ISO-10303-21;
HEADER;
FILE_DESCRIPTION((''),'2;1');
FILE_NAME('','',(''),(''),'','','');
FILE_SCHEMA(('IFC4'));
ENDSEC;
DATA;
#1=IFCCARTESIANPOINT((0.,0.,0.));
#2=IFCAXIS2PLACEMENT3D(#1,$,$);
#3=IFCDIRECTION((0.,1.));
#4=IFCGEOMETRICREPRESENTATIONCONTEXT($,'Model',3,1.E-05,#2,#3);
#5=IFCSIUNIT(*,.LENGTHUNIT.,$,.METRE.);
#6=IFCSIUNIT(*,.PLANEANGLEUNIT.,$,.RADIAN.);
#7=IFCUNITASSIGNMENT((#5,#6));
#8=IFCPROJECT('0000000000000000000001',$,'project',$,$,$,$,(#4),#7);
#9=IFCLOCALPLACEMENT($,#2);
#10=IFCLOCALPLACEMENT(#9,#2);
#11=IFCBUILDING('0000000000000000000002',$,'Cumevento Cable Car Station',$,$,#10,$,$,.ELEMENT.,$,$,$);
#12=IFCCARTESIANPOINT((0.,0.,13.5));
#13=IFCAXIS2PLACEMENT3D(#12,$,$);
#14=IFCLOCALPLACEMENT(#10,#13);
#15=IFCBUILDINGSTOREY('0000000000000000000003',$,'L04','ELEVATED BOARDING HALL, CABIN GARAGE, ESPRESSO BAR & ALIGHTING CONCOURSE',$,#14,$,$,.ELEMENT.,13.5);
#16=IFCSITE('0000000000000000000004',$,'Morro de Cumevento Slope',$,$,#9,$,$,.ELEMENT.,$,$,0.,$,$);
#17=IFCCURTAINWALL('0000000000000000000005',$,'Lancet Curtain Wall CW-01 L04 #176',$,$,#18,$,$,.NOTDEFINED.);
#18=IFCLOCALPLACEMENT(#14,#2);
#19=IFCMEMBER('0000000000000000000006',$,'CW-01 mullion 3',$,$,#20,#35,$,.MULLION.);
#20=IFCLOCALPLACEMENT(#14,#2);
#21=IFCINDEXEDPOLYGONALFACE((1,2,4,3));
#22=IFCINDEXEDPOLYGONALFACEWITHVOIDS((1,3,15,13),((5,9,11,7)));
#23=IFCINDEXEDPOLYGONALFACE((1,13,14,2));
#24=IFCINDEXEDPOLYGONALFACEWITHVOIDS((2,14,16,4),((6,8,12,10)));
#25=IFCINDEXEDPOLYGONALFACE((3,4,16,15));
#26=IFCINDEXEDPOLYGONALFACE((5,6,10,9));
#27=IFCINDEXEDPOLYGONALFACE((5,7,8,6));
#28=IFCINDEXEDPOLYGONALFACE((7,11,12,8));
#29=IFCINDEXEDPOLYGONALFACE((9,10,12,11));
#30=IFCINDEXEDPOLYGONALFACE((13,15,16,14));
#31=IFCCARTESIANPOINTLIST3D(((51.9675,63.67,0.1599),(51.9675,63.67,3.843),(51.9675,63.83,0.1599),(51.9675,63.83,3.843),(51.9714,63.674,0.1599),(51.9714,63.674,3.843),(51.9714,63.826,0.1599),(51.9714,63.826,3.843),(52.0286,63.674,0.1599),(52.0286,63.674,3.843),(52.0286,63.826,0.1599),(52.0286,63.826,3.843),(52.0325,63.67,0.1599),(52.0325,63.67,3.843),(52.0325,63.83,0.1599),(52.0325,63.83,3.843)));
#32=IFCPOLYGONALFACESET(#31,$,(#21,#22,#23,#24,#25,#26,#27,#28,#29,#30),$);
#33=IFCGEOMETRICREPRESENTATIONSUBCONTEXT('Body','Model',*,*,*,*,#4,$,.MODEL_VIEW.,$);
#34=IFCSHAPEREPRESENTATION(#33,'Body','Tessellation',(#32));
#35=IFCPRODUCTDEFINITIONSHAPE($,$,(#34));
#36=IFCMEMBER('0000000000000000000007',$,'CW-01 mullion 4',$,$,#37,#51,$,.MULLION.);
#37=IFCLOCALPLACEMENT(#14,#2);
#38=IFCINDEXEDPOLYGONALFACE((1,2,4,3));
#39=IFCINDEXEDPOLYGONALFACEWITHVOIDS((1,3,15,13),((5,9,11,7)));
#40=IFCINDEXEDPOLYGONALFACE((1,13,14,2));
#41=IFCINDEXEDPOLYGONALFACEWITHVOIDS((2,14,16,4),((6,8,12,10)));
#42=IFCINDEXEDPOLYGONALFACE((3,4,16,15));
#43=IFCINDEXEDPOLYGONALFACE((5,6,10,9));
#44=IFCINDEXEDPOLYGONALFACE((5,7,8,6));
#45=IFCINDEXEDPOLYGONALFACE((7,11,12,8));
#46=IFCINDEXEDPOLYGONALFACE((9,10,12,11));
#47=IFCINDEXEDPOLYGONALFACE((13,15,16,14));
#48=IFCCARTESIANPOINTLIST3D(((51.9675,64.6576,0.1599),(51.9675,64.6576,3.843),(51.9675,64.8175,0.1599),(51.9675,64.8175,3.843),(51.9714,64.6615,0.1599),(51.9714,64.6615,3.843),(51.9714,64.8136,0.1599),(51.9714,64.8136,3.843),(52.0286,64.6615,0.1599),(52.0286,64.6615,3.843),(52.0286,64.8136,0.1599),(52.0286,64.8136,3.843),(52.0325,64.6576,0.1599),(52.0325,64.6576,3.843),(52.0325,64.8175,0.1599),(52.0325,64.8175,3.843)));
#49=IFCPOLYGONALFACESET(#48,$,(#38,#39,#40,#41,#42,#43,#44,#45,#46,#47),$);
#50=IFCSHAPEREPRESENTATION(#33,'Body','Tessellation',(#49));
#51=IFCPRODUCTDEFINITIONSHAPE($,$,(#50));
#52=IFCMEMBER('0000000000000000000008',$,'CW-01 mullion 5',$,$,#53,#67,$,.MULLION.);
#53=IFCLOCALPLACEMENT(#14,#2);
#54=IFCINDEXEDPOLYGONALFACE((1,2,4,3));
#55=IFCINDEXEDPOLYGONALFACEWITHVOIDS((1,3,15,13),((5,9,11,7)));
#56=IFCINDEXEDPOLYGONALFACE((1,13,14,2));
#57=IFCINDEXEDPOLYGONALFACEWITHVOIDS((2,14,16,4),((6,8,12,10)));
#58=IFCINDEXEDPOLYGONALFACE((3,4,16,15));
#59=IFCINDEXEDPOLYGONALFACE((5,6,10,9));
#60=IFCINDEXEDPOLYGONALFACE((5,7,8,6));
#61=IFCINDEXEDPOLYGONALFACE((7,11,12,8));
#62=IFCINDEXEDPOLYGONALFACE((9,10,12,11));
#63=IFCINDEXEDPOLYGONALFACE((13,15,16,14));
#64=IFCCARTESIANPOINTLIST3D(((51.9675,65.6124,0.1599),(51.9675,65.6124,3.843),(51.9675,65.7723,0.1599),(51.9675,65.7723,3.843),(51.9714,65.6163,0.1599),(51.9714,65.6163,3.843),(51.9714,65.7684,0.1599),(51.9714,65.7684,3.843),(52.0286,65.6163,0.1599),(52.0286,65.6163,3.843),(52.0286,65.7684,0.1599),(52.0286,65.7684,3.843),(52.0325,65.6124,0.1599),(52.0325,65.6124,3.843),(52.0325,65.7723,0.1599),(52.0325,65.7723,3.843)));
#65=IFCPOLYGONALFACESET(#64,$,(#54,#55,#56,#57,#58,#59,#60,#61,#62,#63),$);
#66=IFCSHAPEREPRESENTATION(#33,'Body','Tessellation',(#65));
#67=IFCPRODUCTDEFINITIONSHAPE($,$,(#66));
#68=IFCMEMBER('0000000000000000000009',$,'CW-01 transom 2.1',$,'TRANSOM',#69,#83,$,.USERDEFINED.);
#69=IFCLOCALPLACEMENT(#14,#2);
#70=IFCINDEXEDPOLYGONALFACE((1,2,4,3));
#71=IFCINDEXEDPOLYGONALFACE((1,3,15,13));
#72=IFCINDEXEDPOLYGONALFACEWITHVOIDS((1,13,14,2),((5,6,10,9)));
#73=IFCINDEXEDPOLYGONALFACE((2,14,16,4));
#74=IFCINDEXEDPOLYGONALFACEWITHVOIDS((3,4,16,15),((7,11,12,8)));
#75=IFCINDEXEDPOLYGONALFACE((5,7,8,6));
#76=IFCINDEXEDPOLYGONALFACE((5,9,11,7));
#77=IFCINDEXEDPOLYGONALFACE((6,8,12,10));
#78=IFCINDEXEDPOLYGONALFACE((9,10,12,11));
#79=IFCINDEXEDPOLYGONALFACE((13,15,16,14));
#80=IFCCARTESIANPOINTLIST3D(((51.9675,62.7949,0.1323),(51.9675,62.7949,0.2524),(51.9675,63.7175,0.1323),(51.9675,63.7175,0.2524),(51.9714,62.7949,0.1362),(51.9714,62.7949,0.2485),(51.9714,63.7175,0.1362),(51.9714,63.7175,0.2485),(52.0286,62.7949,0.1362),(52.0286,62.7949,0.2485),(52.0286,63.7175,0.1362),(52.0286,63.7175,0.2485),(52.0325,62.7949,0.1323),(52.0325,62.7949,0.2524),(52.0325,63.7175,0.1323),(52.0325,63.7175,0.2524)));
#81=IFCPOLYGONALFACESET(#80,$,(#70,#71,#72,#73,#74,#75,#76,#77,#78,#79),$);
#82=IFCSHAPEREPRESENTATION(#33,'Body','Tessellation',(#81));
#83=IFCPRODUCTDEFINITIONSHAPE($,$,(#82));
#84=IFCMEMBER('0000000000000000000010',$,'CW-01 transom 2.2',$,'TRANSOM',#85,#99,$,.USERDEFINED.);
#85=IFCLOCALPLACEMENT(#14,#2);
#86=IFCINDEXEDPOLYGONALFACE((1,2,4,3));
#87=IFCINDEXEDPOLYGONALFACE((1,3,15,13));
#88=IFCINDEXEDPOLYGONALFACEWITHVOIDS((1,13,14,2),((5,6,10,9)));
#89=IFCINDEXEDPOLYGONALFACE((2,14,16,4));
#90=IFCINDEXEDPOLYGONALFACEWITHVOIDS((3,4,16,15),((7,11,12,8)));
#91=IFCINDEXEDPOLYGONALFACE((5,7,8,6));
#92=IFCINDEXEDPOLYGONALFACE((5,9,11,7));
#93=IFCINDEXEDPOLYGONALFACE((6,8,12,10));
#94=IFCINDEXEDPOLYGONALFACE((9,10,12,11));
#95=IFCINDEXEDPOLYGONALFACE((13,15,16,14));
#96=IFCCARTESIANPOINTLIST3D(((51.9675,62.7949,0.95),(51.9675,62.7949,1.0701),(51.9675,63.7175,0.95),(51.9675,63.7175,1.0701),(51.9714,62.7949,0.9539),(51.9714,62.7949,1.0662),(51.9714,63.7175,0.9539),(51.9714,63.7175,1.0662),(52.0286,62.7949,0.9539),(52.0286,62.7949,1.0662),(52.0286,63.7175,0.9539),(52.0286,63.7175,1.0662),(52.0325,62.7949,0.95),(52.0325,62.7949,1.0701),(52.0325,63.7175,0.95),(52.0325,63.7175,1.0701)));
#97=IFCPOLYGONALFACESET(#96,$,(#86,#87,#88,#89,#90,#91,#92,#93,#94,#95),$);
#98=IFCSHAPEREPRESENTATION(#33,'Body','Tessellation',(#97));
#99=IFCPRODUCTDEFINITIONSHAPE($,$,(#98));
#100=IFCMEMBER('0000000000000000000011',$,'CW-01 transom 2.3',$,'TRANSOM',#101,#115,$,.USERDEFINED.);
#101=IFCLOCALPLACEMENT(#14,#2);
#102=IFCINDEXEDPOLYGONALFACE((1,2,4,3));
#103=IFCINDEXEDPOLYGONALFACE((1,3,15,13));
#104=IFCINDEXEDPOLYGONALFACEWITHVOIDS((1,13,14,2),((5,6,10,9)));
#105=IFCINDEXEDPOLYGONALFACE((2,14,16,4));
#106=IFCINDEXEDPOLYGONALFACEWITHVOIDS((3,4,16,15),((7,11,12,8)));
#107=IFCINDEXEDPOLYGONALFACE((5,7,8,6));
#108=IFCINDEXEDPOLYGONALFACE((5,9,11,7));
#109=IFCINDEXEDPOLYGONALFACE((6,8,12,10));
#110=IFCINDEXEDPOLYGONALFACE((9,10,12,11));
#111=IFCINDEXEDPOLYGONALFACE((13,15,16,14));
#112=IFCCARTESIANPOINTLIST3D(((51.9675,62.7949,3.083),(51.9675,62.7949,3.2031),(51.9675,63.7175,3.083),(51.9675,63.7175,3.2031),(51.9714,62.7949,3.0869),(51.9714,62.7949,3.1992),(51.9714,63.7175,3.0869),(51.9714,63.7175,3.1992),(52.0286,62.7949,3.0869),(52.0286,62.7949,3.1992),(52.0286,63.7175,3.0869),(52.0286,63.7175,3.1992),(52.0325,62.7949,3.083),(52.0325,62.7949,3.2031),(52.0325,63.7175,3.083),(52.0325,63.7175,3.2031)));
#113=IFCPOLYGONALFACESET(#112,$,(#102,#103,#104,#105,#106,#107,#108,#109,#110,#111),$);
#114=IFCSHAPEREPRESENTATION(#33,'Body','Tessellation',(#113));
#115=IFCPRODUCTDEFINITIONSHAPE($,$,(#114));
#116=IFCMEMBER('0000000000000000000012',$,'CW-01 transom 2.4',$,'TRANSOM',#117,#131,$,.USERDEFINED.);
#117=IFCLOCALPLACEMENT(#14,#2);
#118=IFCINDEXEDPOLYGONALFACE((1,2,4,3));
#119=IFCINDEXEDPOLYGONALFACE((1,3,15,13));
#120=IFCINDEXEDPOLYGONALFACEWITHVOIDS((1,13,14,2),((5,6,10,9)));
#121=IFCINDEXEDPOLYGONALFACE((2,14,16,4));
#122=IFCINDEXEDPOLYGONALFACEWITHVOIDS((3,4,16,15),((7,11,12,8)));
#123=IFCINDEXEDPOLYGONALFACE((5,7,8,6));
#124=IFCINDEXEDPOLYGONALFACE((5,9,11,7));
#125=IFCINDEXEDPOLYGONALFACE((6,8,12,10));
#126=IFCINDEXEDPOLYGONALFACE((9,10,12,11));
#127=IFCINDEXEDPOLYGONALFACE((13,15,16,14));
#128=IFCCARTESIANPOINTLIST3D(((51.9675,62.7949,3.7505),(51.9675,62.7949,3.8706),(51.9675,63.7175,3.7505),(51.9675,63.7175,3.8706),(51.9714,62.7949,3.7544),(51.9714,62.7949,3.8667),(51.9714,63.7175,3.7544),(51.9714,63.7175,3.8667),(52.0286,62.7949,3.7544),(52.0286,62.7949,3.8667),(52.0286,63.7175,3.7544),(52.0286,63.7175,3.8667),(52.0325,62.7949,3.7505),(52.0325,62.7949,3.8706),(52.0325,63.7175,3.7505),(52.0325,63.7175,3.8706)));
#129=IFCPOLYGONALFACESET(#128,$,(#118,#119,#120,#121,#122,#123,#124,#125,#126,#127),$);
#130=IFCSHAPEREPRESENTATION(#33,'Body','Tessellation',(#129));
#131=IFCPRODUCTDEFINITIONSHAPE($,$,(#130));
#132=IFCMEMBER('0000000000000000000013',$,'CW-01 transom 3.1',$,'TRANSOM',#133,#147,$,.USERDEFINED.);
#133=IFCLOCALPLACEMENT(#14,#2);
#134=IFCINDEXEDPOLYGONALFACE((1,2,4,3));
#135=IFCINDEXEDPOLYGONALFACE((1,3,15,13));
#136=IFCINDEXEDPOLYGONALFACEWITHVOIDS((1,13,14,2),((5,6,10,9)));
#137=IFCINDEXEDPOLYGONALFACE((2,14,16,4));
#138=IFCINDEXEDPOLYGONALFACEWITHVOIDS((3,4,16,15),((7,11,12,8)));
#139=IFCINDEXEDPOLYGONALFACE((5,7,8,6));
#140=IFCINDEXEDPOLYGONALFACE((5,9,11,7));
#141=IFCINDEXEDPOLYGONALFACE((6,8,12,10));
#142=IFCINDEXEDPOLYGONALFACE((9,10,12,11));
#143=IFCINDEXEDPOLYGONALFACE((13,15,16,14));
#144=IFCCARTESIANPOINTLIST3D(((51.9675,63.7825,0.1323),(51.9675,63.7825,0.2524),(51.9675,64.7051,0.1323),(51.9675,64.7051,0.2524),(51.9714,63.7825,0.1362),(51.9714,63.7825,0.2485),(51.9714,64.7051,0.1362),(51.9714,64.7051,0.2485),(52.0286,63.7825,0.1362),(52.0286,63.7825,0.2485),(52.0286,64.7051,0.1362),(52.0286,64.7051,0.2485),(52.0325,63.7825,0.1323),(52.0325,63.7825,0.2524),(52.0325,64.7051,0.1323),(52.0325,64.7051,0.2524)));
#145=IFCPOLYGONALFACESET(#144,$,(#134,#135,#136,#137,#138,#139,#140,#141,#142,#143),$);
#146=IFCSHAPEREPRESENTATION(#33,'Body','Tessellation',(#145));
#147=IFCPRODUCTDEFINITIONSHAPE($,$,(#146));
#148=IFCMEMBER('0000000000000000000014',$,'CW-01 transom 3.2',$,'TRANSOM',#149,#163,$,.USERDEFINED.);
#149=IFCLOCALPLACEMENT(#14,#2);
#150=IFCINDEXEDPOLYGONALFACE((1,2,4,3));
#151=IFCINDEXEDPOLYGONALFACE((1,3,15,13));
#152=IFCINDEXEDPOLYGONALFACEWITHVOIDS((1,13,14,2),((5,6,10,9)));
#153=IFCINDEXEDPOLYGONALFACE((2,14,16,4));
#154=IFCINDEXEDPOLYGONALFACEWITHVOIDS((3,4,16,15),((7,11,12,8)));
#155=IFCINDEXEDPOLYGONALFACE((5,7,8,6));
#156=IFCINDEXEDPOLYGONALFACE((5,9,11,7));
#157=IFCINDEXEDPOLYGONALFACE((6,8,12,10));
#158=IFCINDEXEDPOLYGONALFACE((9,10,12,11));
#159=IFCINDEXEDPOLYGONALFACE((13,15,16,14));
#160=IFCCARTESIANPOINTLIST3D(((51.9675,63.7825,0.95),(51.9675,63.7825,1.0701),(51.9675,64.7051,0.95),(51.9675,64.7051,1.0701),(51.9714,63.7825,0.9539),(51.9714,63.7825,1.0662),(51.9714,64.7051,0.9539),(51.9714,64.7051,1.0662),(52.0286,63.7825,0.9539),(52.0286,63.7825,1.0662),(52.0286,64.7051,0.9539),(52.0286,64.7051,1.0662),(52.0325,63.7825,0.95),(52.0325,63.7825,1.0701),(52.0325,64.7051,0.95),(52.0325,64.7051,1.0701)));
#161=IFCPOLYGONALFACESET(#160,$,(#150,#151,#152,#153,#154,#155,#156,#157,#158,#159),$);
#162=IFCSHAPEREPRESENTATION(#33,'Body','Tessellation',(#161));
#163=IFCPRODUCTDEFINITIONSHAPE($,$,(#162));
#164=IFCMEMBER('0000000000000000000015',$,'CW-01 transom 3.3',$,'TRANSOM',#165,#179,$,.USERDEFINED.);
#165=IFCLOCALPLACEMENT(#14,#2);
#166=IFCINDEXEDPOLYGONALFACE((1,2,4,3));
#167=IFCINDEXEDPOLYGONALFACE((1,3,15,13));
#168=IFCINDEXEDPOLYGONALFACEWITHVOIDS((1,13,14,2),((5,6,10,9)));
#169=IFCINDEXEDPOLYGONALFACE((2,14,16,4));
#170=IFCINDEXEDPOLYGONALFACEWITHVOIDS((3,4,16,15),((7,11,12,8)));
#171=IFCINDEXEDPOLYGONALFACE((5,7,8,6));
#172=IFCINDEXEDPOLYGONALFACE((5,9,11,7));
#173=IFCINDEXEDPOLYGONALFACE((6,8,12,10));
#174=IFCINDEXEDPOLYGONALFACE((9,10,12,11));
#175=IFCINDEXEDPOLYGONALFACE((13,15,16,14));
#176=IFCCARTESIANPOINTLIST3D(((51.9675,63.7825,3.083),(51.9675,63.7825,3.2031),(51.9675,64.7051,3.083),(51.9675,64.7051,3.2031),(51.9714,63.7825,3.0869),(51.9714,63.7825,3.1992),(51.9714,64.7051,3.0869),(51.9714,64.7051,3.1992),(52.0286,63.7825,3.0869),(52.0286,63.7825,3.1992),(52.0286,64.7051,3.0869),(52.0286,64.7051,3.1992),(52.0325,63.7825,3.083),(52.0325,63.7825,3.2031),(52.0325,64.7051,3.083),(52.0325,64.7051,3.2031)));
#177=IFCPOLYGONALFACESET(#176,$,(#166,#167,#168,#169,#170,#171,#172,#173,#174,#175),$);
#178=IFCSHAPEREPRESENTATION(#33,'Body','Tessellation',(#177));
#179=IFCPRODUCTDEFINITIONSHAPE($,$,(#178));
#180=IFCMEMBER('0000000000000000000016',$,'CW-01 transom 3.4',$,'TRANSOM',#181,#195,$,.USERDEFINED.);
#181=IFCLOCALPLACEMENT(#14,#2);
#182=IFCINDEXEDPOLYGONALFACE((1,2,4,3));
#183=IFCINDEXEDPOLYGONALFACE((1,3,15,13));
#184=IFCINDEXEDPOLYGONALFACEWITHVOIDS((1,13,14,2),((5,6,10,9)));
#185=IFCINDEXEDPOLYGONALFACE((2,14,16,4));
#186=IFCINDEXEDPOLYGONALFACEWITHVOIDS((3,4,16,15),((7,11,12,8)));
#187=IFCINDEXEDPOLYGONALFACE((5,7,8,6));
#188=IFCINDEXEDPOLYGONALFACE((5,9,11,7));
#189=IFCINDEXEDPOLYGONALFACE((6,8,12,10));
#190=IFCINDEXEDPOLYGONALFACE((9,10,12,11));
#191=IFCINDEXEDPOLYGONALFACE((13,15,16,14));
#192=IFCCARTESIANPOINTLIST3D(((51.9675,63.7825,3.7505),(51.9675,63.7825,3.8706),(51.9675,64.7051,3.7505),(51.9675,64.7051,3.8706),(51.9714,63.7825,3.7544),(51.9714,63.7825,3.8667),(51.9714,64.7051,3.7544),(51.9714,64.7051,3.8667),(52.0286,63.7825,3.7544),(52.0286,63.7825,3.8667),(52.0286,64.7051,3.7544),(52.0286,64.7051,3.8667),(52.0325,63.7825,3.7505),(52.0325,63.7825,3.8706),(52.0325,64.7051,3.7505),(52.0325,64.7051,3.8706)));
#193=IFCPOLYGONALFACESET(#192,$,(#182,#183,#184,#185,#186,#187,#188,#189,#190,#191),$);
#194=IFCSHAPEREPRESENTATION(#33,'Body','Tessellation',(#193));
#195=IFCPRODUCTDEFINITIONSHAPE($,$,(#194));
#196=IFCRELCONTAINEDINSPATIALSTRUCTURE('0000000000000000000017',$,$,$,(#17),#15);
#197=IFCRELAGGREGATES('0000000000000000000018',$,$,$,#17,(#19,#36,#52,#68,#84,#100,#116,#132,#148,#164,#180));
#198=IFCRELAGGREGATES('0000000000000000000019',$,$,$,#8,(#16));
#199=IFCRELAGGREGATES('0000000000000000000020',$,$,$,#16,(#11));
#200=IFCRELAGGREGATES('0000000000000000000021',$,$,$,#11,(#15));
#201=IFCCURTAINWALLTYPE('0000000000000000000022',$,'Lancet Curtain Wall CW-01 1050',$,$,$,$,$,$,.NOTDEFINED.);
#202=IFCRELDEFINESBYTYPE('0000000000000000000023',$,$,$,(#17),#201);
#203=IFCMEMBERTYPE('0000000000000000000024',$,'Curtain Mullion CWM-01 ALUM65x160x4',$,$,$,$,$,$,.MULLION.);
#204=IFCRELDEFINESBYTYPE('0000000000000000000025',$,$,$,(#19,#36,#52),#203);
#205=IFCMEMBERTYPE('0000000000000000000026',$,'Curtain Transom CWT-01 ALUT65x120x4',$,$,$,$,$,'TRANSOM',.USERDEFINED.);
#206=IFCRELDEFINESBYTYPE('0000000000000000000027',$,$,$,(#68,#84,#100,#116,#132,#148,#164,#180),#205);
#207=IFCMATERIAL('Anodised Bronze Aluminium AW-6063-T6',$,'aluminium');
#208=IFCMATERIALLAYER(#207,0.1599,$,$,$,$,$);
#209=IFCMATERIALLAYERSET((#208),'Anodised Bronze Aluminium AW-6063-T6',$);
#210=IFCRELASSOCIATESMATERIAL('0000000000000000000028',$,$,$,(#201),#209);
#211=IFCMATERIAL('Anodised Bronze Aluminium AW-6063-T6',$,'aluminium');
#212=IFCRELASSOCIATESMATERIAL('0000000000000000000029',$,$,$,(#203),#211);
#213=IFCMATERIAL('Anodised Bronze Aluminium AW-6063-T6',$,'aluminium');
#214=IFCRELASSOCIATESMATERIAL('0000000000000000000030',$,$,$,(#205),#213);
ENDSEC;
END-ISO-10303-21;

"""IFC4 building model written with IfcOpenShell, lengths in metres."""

from ifc_helpers import new_model, si_unit, direction, frame, origin, origin_2d, place, context, subcontext, project, spatial, hollow_rectangle, extrude, material, layer, layer_set, material_profile, profile_set, type_object, element, aggregate, save


model = new_model("IFC4")

# Units and contexts
model_context = context("Model", 3, precision=1e-05, world=origin(), true_north=direction((0.0, 1.0)))
body_context = subcontext(model_context, "Body", "Model", "MODEL_VIEW")
ifc_project = project(units=[si_unit("LENGTHUNIT", "METRE"), si_unit("PLANEANGLEUNIT", "RADIAN")], contexts=[model_context])

# Site, building, storey
site_placement = place(None, origin())
site = spatial("IfcSite", under=ifc_project, at=site_placement, Name="Morro de Cumevento Slope", CompositionType="ELEMENT", RefElevation=0.0)
building_placement = place(site_placement, origin())
building = spatial("IfcBuilding", under=site, at=building_placement, Name="Cumevento Cable Car Station", CompositionType="ELEMENT")
storey_placement = place(building_placement, frame((0.0, 0.0, 13.5)))
storey = spatial("IfcBuildingStorey", under=building, at=storey_placement, Name="L04", Description="ELEVATED BOARDING HALL, CABIN GARAGE, ESPRESSO BAR & ALIGHTING CONCOURSE", CompositionType="ELEMENT", Elevation=13.5)

# Curtain wall, members
ifc_material_1 = material(Name="Anodised Bronze Aluminium AW-6063-T6", Category="aluminium")
ifc_layer_1 = layer(ifc_material_1, 0.1599)
ifc_layer_set_1 = layer_set([ifc_layer_1], Name="Anodised Bronze Aluminium AW-6063-T6")
curtain_wall_type = type_object("IfcCurtainWallType", Name="Lancet Curtain Wall CW-01 1050", PredefinedType="NOTDEFINED", material=ifc_layer_set_1)
curtain_wall_placement = place(storey_placement, origin())
curtain_wall = element("IfcCurtainWall", 1, at=curtain_wall_placement, inside=storey, type_object=curtain_wall_type, Name="Lancet Curtain Wall CW-01 L04 #176", PredefinedType="NOTDEFINED")
ifc_material_2 = material(Name="Anodised Bronze Aluminium AW-6063-T6", Category="aluminium")
ifc_material_profile_1 = material_profile(ifc_material_2, hollow_rectangle(XDim=0.0649, YDim=0.1599, WallThickness=0.0039, at=origin_2d()), Name="ALUM65x160x4")
ifc_profile_set_1 = profile_set([ifc_material_profile_1], Name="Anodised Bronze Aluminium AW-6063-T6")
member_type_1 = type_object("IfcMemberType", Name="Curtain Mullion CWM-01 ALUM65x160x4", PredefinedType="MULLION", material=ifc_profile_set_1)
member_1_placement = place(storey_placement, frame((52.0, 63.75, 0.1599), z_axis=(0.0, 0.0, 1.0), x_axis=(-1.0, 0.0, 0.0)))
member_1 = element("IfcMember", 2, at=member_1_placement, type_object=member_type_1, Name="CW-01 mullion 3", PredefinedType="MULLION", context=body_context, shape_type="SweptSolid", body=[
    extrude(hollow_rectangle(XDim=0.0649, YDim=0.1599, WallThickness=0.0039, at=origin_2d()), origin(), (0.0, 0.0, 1.0), 3.6831),
])
member_2_placement = place(storey_placement, frame((52.0, 64.7375, 0.1599), z_axis=(0.0, 0.0, 1.0), x_axis=(-1.0, 0.0, 0.0)))
member_2 = element("IfcMember", 3, at=member_2_placement, type_object=member_type_1, Name="CW-01 mullion 4", PredefinedType="MULLION", context=body_context, shape_type="SweptSolid", body=[
    extrude(hollow_rectangle(XDim=0.0649, YDim=0.1599, WallThickness=0.0039, at=origin_2d()), origin(), (0.0, 0.0, 1.0), 3.6831),
])
member_3_placement = place(storey_placement, frame((52.0, 65.6924, 0.1599), z_axis=(0.0, 0.0, 1.0), x_axis=(-1.0, 0.0, 0.0)))
member_3 = element("IfcMember", 4, at=member_3_placement, type_object=member_type_1, Name="CW-01 mullion 5", PredefinedType="MULLION", context=body_context, shape_type="SweptSolid", body=[
    extrude(hollow_rectangle(XDim=0.0649, YDim=0.1599, WallThickness=0.0039, at=origin_2d()), origin(), (0.0, 0.0, 1.0), 3.6831),
])
ifc_material_3 = material(Name="Anodised Bronze Aluminium AW-6063-T6", Category="aluminium")
ifc_material_profile_2 = material_profile(ifc_material_3, hollow_rectangle(XDim=0.0649, YDim=0.1201, WallThickness=0.0039, at=origin_2d()), Name="ALUT65x120x4")
ifc_profile_set_2 = profile_set([ifc_material_profile_2], Name="Anodised Bronze Aluminium AW-6063-T6")
member_type_2 = type_object("IfcMemberType", Name="Curtain Transom CWT-01 ALUT65x120x4", ElementType="TRANSOM", PredefinedType="USERDEFINED", material=ifc_profile_set_2)
member_4_placement = place(storey_placement, frame((52.0, 62.7949, 0.1924), z_axis=(0.0, 1.0, 0.0), x_axis=(-1.0, 0.0, 0.0)))
member_4 = element("IfcMember", 5, at=member_4_placement, type_object=member_type_2, Name="CW-01 transom 2.1", ObjectType="TRANSOM", PredefinedType="USERDEFINED", context=body_context, shape_type="SweptSolid", body=[
    extrude(hollow_rectangle(XDim=0.0649, YDim=0.1201, WallThickness=0.0039, at=origin_2d()), origin(), (0.0, 0.0, 1.0), 0.9226),
])
member_5_placement = place(storey_placement, frame((52.0, 62.7949, 1.01), z_axis=(0.0, 1.0, 0.0), x_axis=(-1.0, 0.0, 0.0)))
member_5 = element("IfcMember", 6, at=member_5_placement, type_object=member_type_2, Name="CW-01 transom 2.2", ObjectType="TRANSOM", PredefinedType="USERDEFINED", context=body_context, shape_type="SweptSolid", body=[
    extrude(hollow_rectangle(XDim=0.0649, YDim=0.1201, WallThickness=0.0039, at=origin_2d()), origin(), (0.0, 0.0, 1.0), 0.9226),
])
member_6_placement = place(storey_placement, frame((52.0, 62.7949, 3.1431), z_axis=(0.0, 1.0, 0.0), x_axis=(-1.0, 0.0, 0.0)))
member_6 = element("IfcMember", 7, at=member_6_placement, type_object=member_type_2, Name="CW-01 transom 2.3", ObjectType="TRANSOM", PredefinedType="USERDEFINED", context=body_context, shape_type="SweptSolid", body=[
    extrude(hollow_rectangle(XDim=0.0649, YDim=0.1201, WallThickness=0.0039, at=origin_2d()), origin(), (0.0, 0.0, 1.0), 0.9226),
])
member_7_placement = place(storey_placement, frame((52.0, 62.7949, 3.8105), z_axis=(0.0, 1.0, 0.0), x_axis=(-1.0, 0.0, 0.0)))
member_7 = element("IfcMember", 8, at=member_7_placement, type_object=member_type_2, Name="CW-01 transom 2.4", ObjectType="TRANSOM", PredefinedType="USERDEFINED", context=body_context, shape_type="SweptSolid", body=[
    extrude(hollow_rectangle(XDim=0.0649, YDim=0.1201, WallThickness=0.0039, at=origin_2d()), origin(), (0.0, 0.0, 1.0), 0.9226),
])
member_8_placement = place(storey_placement, frame((52.0, 63.7825, 0.1924), z_axis=(0.0, 1.0, 0.0), x_axis=(-1.0, 0.0, 0.0)))
member_8 = element("IfcMember", 9, at=member_8_placement, type_object=member_type_2, Name="CW-01 transom 3.1", ObjectType="TRANSOM", PredefinedType="USERDEFINED", context=body_context, shape_type="SweptSolid", body=[
    extrude(hollow_rectangle(XDim=0.0649, YDim=0.1201, WallThickness=0.0039, at=origin_2d()), origin(), (0.0, 0.0, 1.0), 0.9226),
])
member_9_placement = place(storey_placement, frame((52.0, 63.7825, 1.01), z_axis=(0.0, 1.0, 0.0), x_axis=(-1.0, 0.0, 0.0)))
member_9 = element("IfcMember", 10, at=member_9_placement, type_object=member_type_2, Name="CW-01 transom 3.2", ObjectType="TRANSOM", PredefinedType="USERDEFINED", context=body_context, shape_type="SweptSolid", body=[
    extrude(hollow_rectangle(XDim=0.0649, YDim=0.1201, WallThickness=0.0039, at=origin_2d()), origin(), (0.0, 0.0, 1.0), 0.9226),
])
member_10_placement = place(storey_placement, frame((52.0, 63.7825, 3.1431), z_axis=(0.0, 1.0, 0.0), x_axis=(-1.0, 0.0, 0.0)))
member_10 = element("IfcMember", 11, at=member_10_placement, type_object=member_type_2, Name="CW-01 transom 3.3", ObjectType="TRANSOM", PredefinedType="USERDEFINED", context=body_context, shape_type="SweptSolid", body=[
    extrude(hollow_rectangle(XDim=0.0649, YDim=0.1201, WallThickness=0.0039, at=origin_2d()), origin(), (0.0, 0.0, 1.0), 0.9226),
])
member_11_placement = place(storey_placement, frame((52.0, 63.7825, 3.8105), z_axis=(0.0, 1.0, 0.0), x_axis=(-1.0, 0.0, 0.0)))
member_11 = element("IfcMember", 12, at=member_11_placement, type_object=member_type_2, Name="CW-01 transom 3.4", ObjectType="TRANSOM", PredefinedType="USERDEFINED", context=body_context, shape_type="SweptSolid", body=[
    extrude(hollow_rectangle(XDim=0.0649, YDim=0.1201, WallThickness=0.0039, at=origin_2d()), origin(), (0.0, 0.0, 1.0), 0.9226),
])
aggregate(curtain_wall, [member_1, member_2, member_3, member_4, member_5, member_6, member_7, member_8, member_9, member_10, member_11])

save(model, "model.ifc")
